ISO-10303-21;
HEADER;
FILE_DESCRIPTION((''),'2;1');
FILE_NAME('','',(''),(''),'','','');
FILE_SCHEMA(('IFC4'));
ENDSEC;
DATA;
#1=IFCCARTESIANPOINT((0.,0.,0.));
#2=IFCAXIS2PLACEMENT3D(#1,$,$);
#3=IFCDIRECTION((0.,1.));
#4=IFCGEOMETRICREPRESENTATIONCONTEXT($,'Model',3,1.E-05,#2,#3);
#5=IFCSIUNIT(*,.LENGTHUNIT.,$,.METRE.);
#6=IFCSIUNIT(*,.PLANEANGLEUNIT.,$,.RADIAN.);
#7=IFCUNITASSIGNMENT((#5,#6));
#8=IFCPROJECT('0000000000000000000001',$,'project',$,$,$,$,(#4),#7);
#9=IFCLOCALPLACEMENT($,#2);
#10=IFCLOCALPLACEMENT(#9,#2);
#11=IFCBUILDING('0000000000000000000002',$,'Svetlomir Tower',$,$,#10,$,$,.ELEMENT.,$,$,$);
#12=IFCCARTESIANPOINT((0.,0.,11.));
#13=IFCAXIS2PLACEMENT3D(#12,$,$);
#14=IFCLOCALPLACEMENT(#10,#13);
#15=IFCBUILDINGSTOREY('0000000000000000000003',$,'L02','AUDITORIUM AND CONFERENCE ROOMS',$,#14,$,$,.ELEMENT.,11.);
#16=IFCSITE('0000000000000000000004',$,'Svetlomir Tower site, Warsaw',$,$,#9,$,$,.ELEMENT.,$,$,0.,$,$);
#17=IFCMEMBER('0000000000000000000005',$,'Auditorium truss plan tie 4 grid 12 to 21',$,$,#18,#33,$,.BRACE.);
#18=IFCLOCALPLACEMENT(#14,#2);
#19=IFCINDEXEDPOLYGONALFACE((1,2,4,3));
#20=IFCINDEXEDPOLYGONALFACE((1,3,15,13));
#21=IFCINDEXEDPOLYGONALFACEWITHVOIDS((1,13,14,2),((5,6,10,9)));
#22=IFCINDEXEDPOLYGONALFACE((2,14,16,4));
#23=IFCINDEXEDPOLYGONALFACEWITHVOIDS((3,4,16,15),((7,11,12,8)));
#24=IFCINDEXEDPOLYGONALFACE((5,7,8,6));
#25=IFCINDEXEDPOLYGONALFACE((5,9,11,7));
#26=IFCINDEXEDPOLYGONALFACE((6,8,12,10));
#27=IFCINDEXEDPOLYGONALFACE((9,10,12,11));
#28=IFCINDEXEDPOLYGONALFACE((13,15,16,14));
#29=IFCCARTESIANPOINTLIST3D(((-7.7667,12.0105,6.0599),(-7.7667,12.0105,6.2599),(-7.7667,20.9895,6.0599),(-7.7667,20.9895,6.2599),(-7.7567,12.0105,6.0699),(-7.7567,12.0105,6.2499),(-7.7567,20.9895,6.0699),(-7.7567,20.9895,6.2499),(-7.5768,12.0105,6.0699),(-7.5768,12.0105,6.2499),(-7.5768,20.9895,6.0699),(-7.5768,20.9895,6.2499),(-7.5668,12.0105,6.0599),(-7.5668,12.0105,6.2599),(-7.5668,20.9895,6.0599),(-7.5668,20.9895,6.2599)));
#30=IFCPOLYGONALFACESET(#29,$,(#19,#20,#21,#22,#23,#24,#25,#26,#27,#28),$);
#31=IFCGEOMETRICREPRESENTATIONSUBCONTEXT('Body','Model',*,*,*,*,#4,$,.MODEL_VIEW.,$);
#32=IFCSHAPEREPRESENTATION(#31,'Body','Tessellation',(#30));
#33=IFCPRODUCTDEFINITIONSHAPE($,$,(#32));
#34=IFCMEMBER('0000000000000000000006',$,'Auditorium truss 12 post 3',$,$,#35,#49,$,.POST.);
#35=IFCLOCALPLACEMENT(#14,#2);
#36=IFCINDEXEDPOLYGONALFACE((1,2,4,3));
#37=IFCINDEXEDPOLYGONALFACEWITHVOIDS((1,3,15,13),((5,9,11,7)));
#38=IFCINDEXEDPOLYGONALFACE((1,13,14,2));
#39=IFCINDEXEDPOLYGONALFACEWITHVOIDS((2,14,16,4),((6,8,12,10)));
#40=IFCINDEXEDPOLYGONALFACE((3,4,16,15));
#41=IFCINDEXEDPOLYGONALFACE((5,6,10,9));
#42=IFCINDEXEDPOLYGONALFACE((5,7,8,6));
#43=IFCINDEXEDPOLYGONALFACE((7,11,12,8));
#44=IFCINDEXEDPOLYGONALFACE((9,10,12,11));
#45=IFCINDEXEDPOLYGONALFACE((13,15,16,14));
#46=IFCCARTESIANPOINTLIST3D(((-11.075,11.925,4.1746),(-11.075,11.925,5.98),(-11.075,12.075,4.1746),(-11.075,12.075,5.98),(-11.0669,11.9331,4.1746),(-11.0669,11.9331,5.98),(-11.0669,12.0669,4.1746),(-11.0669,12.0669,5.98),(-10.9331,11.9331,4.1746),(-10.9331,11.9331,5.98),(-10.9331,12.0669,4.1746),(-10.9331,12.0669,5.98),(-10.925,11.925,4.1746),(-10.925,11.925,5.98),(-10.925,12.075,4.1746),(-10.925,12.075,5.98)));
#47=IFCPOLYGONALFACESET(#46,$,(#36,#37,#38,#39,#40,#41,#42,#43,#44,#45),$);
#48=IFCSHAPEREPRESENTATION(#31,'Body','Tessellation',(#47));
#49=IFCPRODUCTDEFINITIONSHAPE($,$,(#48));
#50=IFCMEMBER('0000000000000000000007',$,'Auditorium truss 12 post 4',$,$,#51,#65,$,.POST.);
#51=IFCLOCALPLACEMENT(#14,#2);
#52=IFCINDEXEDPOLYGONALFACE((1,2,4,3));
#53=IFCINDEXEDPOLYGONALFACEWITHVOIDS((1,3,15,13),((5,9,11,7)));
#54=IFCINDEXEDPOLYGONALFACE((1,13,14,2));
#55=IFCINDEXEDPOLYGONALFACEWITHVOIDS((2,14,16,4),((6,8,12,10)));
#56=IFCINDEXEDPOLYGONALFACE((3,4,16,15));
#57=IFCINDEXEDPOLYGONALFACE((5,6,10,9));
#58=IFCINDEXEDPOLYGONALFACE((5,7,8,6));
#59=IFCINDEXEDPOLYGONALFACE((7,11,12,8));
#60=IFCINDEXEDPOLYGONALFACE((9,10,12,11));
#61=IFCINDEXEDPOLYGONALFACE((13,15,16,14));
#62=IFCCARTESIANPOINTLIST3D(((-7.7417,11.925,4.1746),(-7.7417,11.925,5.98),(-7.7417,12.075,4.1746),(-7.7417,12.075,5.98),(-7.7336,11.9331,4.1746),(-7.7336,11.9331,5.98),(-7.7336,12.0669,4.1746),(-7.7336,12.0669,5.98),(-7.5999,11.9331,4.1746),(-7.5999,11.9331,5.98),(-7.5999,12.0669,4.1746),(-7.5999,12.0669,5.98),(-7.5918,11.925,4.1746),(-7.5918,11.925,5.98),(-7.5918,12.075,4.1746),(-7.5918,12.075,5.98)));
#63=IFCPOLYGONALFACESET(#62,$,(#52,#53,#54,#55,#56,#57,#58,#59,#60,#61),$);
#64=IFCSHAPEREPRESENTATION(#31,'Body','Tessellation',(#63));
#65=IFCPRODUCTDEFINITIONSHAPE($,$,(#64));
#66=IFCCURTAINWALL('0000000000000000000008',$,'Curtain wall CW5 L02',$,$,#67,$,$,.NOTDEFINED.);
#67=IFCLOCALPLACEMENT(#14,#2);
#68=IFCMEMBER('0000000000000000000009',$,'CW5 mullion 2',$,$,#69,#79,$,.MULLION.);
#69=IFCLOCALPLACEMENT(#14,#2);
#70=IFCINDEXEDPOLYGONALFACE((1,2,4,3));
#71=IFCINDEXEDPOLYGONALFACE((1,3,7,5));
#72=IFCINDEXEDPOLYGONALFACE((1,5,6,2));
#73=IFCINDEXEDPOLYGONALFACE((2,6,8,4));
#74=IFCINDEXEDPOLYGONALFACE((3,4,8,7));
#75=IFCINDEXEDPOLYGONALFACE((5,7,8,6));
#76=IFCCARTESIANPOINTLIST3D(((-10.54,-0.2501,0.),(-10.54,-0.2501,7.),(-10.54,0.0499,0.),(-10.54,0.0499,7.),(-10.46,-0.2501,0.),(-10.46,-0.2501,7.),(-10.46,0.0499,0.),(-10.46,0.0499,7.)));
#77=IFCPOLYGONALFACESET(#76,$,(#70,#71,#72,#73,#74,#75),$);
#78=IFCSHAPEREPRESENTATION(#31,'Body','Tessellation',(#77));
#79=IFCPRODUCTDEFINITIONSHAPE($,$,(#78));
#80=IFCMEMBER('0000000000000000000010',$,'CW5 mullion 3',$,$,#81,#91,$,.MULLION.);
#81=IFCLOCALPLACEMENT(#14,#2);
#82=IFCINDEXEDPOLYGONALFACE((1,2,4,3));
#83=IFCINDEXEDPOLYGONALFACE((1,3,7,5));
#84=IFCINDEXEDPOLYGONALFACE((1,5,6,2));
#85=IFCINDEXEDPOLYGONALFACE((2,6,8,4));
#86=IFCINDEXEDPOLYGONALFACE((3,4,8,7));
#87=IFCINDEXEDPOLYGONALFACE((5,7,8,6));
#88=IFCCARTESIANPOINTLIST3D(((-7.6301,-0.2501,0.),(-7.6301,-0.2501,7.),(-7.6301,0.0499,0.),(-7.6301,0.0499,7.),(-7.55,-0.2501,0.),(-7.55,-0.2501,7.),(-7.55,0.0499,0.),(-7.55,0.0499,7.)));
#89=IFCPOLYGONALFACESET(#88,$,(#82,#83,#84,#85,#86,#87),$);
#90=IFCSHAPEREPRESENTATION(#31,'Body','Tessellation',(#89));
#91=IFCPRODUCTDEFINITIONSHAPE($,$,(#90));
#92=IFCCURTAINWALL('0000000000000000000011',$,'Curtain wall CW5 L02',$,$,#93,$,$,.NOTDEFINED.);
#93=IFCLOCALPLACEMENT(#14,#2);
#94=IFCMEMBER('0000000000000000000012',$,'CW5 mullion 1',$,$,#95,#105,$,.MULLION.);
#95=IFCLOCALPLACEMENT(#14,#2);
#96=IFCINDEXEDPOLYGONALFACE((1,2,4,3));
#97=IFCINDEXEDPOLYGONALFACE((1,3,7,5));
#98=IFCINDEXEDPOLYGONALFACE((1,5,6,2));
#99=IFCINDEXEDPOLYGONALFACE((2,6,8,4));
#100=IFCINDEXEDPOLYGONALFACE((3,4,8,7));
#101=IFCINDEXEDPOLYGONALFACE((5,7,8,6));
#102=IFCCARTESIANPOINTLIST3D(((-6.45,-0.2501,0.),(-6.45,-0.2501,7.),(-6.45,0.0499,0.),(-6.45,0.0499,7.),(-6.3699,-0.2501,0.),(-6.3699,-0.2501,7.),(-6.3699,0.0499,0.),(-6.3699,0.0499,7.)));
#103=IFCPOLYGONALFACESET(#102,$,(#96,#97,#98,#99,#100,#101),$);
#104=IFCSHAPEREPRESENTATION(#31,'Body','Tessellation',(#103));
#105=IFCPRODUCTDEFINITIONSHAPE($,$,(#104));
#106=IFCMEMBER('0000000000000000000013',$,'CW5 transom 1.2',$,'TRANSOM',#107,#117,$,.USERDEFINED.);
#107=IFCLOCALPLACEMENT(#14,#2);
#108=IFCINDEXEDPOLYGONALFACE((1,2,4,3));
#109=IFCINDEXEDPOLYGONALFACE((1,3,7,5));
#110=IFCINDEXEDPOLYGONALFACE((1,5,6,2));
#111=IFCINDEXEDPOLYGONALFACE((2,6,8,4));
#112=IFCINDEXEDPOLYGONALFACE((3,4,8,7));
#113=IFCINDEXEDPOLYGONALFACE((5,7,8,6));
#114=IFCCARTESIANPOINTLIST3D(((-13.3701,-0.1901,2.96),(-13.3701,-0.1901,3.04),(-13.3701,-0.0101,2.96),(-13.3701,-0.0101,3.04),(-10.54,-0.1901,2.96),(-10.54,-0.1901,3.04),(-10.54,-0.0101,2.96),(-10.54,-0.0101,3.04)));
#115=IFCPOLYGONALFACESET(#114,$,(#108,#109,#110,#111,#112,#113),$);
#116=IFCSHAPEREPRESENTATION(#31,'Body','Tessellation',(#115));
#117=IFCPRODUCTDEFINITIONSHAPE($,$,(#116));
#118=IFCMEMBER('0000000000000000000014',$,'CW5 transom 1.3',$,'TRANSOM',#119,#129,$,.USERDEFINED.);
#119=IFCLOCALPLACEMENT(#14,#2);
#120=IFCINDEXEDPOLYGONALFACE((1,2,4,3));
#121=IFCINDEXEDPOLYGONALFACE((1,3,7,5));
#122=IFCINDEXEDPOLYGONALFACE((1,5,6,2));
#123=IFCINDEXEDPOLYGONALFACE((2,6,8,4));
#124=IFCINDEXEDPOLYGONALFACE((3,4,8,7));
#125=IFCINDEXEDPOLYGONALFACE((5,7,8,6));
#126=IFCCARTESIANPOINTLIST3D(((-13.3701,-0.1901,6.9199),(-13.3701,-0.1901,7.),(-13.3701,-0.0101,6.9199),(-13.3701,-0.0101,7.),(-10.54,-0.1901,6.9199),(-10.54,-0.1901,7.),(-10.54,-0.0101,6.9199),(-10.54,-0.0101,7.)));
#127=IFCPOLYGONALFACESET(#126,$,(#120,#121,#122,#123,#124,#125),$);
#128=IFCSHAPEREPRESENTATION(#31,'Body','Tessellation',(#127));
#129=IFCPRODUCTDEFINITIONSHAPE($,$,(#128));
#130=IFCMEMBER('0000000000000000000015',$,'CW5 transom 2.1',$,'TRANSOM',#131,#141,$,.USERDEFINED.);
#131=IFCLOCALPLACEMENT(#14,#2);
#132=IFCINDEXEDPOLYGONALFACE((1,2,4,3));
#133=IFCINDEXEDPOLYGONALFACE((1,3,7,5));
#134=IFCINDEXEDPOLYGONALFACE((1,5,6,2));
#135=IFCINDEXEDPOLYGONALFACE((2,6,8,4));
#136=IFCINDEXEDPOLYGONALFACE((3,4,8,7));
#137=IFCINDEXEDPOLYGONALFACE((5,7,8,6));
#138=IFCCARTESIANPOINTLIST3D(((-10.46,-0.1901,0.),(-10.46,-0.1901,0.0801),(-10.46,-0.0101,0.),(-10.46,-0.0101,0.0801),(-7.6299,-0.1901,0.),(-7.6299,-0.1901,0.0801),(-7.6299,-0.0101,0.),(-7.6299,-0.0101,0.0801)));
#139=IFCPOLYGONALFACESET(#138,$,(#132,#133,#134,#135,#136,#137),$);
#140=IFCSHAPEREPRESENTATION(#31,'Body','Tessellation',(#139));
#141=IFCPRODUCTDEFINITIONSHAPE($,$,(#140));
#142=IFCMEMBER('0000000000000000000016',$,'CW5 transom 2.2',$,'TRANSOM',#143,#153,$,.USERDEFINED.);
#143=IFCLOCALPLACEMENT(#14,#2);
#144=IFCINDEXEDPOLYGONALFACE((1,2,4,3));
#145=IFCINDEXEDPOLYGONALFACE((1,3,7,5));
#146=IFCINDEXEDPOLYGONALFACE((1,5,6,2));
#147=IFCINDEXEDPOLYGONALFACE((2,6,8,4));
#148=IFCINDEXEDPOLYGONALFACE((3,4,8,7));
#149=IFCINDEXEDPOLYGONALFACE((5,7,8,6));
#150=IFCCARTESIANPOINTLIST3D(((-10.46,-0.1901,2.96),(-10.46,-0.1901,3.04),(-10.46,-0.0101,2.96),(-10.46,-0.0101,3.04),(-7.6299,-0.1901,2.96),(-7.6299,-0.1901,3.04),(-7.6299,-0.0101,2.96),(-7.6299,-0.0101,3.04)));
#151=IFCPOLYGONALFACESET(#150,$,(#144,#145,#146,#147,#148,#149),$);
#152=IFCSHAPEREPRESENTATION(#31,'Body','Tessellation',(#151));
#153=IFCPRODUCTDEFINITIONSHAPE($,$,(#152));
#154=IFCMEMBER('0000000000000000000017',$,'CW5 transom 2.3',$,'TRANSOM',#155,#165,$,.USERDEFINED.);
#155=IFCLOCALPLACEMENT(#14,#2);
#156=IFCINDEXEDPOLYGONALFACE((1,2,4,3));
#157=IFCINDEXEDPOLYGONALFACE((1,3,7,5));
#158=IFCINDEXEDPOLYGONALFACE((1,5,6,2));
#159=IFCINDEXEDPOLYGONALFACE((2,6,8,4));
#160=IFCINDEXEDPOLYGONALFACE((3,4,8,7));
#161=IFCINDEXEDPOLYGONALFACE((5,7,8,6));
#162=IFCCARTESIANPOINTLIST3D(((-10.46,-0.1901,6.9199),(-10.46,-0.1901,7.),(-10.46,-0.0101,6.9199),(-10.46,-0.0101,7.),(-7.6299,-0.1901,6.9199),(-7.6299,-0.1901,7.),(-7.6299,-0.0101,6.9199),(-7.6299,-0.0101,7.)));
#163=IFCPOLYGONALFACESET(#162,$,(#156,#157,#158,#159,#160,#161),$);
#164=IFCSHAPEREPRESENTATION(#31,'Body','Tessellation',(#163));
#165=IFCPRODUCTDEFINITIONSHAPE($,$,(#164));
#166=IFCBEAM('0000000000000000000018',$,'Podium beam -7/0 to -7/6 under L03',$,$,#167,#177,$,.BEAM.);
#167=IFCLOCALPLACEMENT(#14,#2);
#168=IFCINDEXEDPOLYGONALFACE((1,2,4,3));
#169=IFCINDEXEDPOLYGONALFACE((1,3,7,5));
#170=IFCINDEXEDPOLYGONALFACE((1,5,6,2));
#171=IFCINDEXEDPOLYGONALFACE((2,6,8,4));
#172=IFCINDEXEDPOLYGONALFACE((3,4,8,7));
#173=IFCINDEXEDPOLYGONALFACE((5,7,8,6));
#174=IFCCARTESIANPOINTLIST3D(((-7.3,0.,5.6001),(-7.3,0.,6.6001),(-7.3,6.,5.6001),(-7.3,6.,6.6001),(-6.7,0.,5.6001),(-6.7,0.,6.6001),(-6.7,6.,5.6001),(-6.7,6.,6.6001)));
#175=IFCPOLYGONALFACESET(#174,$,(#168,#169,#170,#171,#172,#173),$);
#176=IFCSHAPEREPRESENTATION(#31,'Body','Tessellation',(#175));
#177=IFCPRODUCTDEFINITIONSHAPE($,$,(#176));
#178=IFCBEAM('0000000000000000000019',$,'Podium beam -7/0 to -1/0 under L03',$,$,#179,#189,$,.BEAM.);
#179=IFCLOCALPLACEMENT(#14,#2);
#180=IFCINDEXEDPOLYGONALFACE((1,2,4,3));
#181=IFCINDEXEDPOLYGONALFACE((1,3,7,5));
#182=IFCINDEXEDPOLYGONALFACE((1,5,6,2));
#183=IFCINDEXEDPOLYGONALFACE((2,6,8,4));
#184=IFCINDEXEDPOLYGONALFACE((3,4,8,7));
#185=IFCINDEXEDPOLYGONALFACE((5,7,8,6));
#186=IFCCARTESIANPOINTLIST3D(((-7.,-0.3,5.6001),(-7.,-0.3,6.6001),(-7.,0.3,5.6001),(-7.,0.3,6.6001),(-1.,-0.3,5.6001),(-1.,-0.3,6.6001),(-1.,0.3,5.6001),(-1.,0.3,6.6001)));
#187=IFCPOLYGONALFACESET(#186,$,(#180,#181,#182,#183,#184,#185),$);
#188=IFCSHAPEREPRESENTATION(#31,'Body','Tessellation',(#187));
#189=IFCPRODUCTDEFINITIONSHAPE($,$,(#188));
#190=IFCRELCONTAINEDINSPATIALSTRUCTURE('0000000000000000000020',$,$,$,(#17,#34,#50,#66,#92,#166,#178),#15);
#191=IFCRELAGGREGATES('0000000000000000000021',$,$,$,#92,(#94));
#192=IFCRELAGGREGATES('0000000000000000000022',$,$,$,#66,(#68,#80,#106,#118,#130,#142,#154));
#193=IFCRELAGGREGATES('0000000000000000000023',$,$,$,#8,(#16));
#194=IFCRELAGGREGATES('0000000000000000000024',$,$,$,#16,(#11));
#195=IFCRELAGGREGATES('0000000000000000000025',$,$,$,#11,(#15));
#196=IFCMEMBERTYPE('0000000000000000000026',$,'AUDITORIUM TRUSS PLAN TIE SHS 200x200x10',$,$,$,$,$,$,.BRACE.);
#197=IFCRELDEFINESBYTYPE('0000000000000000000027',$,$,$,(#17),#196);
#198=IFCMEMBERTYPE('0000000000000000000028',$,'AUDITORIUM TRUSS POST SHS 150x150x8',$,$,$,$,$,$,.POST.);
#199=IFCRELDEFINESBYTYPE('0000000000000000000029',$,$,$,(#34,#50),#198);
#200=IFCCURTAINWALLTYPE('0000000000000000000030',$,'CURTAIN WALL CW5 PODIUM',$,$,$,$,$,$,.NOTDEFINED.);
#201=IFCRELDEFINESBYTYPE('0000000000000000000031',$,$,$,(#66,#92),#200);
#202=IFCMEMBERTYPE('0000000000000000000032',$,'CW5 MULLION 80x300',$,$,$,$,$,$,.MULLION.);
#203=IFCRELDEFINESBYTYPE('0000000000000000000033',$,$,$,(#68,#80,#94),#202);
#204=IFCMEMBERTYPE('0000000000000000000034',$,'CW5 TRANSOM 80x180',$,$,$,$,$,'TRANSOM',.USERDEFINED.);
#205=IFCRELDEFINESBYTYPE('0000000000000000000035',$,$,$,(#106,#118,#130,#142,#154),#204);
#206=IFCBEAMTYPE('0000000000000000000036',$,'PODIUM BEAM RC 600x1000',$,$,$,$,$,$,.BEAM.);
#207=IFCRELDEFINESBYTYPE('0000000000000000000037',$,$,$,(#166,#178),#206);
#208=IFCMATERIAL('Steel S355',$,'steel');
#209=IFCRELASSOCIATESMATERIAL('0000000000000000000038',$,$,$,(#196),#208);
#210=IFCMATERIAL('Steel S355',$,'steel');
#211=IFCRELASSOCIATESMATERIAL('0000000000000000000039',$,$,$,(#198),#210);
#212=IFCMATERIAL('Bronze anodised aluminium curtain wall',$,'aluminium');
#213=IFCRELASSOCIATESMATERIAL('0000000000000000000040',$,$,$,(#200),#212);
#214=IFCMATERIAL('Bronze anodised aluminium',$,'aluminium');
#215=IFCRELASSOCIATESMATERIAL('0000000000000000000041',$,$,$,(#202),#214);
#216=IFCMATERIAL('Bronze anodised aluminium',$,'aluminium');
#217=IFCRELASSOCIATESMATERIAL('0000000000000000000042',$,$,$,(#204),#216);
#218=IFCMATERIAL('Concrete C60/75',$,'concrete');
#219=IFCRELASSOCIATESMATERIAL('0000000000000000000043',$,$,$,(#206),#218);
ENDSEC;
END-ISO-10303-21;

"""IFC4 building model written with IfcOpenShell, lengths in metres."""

from ifc_helpers import new_model, si_unit, direction, frame, origin, origin_2d, place, context, subcontext, project, spatial, rectangle, hollow_rectangle, extrude, material, material_profile, profile_set, type_object, element, aggregate, save


model = new_model("IFC4")

# Units and contexts
model_context = context("Model", 3, precision=1e-05, world=origin(), true_north=direction((0.0, 1.0)))
body_context = subcontext(model_context, "Body", "Model", "MODEL_VIEW")
ifc_project = project(units=[si_unit("LENGTHUNIT", "METRE"), si_unit("PLANEANGLEUNIT", "RADIAN")], contexts=[model_context])

# Site, building, storey
site_placement = place(None, origin())
site = spatial("IfcSite", under=ifc_project, at=site_placement, Name="Svetlomir Tower site, Warsaw", CompositionType="ELEMENT", RefElevation=0.0)
building_placement = place(site_placement, origin())
building = spatial("IfcBuilding", under=site, at=building_placement, Name="Svetlomir Tower", CompositionType="ELEMENT")
storey_placement = place(building_placement, frame((0.0, 0.0, 11.0)))
storey = spatial("IfcBuildingStorey", under=building, at=storey_placement, Name="L02", Description="AUDITORIUM AND CONFERENCE ROOMS", CompositionType="ELEMENT", Elevation=11.0)

# Members
ifc_material_1 = material(Name="Steel S355", Category="steel")
ifc_material_profile_1 = material_profile(ifc_material_1, hollow_rectangle(XDim=0.2, YDim=0.2, WallThickness=0.01, at=origin_2d()), Name="SHS 200x200x10")
ifc_profile_set_1 = profile_set([ifc_material_profile_1], Name="Steel S355")
member_type_1 = type_object("IfcMemberType", Name="AUDITORIUM TRUSS PLAN TIE SHS 200x200x10", PredefinedType="BRACE", material=ifc_profile_set_1)
for number, where, z_axis, x_axis, name in (
    (1, (-7.6667, 12.0105, 6.1599), (0.0, 1.0, 0.0), (-1.0, 0.0, 0.0), "Auditorium truss plan tie 4 grid 12 to 21"),
):
    element("IfcMember", number, at=place(storey_placement, frame(where, z_axis=z_axis, x_axis=x_axis)), inside=storey, type_object=member_type_1, Name=name, PredefinedType="BRACE", context=body_context, shape_type="SweptSolid", body=[
        extrude(hollow_rectangle(XDim=0.2, YDim=0.2, WallThickness=0.01, at=origin_2d()), origin(), (0.0, 0.0, 1.0), 8.979),
    ])
ifc_material_2 = material(Name="Steel S355", Category="steel")
ifc_material_profile_2 = material_profile(ifc_material_2, hollow_rectangle(XDim=0.1499, YDim=0.1499, WallThickness=0.0081, at=origin_2d()), Name="SHS 150x150x8")
ifc_profile_set_2 = profile_set([ifc_material_profile_2], Name="Steel S355")
member_type_2 = type_object("IfcMemberType", Name="AUDITORIUM TRUSS POST SHS 150x150x8", PredefinedType="POST", material=ifc_profile_set_2)
for number, where, z_axis, x_axis, name in (
    (2, (-11.0, 12.0, 4.1746), (0.0, 0.0, 1.0), (1.0, 0.0, 0.0), "Auditorium truss 12 post 3"),
    (3, (-7.6667, 12.0, 4.1746), (0.0, 0.0, 1.0), (1.0, 0.0, 0.0), "Auditorium truss 12 post 4"),
):
    element("IfcMember", number, at=place(storey_placement, frame(where, z_axis=z_axis, x_axis=x_axis)), inside=storey, type_object=member_type_2, Name=name, PredefinedType="POST", context=body_context, shape_type="SweptSolid", body=[
        extrude(hollow_rectangle(XDim=0.1499, YDim=0.1499, WallThickness=0.0081, at=origin_2d()), origin(), (0.0, 0.0, 1.0), 1.8054),
    ])

# Curtain wall, members
ifc_material_3 = material(Name="Bronze anodised aluminium curtain wall", Category="aluminium")
curtain_wall_type = type_object("IfcCurtainWallType", Name="CURTAIN WALL CW5 PODIUM", PredefinedType="NOTDEFINED", material=ifc_material_3)
curtain_wall_1_placement = place(storey_placement, origin())
curtain_wall_1 = element("IfcCurtainWall", 4, at=curtain_wall_1_placement, inside=storey, type_object=curtain_wall_type, Name="Curtain wall CW5 L02", PredefinedType="NOTDEFINED")
ifc_material_4 = material(Name="Bronze anodised aluminium", Category="aluminium")
ifc_material_profile_3 = material_profile(ifc_material_4, rectangle(XDim=0.0801, YDim=0.3, at=origin_2d()), Name="AL 80x300")
ifc_profile_set_3 = profile_set([ifc_material_profile_3], Name="Bronze anodised aluminium 6063-T6")
member_type_3 = type_object("IfcMemberType", Name="CW5 MULLION 80x300", PredefinedType="MULLION", material=ifc_profile_set_3)
member_1_placement = place(storey_placement, frame((-10.5, -0.1001, 0.0), z_axis=(0.0, 0.0, 1.0), x_axis=(1.0, 0.0, 0.0)))
member_1 = element("IfcMember", 5, at=member_1_placement, type_object=member_type_3, Name="CW5 mullion 2", PredefinedType="MULLION", context=body_context, shape_type="SweptSolid", body=[
    extrude(rectangle(XDim=0.0801, YDim=0.3, at=origin_2d()), origin(), (0.0, 0.0, 1.0), 7.0),
])
member_2_placement = place(storey_placement, frame((-7.5901, -0.1001, 0.0), z_axis=(0.0, 0.0, 1.0), x_axis=(1.0, 0.0, 0.0)))
member_2 = element("IfcMember", 6, at=member_2_placement, type_object=member_type_3, Name="CW5 mullion 3", PredefinedType="MULLION", context=body_context, shape_type="SweptSolid", body=[
    extrude(rectangle(XDim=0.0801, YDim=0.3, at=origin_2d()), origin(), (0.0, 0.0, 1.0), 7.0),
])

# Curtain wall, member
curtain_wall_2_placement = place(storey_placement, origin())
curtain_wall_2 = element("IfcCurtainWall", 7, at=curtain_wall_2_placement, inside=storey, type_object=curtain_wall_type, Name="Curtain wall CW5 L02", PredefinedType="NOTDEFINED")
member_3_placement = place(storey_placement, frame((-6.4099, -0.1001, 0.0), z_axis=(0.0, 0.0, 1.0), x_axis=(1.0, 0.0, 0.0)))
member_3 = element("IfcMember", 8, at=member_3_placement, type_object=member_type_3, Name="CW5 mullion 1", PredefinedType="MULLION", context=body_context, shape_type="SweptSolid", body=[
    extrude(rectangle(XDim=0.0801, YDim=0.3, at=origin_2d()), origin(), (0.0, 0.0, 1.0), 7.0),
])
aggregate(curtain_wall_2, [member_3])

# Members
ifc_material_5 = material(Name="Bronze anodised aluminium", Category="aluminium")
ifc_material_profile_4 = material_profile(ifc_material_5, rectangle(XDim=0.1799, YDim=0.0801, at=origin_2d()), Name="AL 180x80")
ifc_profile_set_4 = profile_set([ifc_material_profile_4], Name="Bronze anodised aluminium 6063-T6")
member_type_4 = type_object("IfcMemberType", Name="CW5 TRANSOM 80x180", ElementType="TRANSOM", PredefinedType="USERDEFINED", material=ifc_profile_set_4)
member_4_placement = place(storey_placement, frame((-13.3701, -0.1001, 3.0), z_axis=(1.0, 0.0, 0.0), x_axis=(0.0, 1.0, 0.0)))
member_4 = element("IfcMember", 9, at=member_4_placement, type_object=member_type_4, Name="CW5 transom 1.2", ObjectType="TRANSOM", PredefinedType="USERDEFINED", context=body_context, shape_type="SweptSolid", body=[
    extrude(rectangle(XDim=0.1799, YDim=0.0801, at=origin_2d()), origin(), (0.0, 0.0, 1.0), 2.8301),
])
member_5_placement = place(storey_placement, frame((-13.3701, -0.1001, 6.96), z_axis=(1.0, 0.0, 0.0), x_axis=(0.0, 1.0, 0.0)))
member_5 = element("IfcMember", 10, at=member_5_placement, type_object=member_type_4, Name="CW5 transom 1.3", ObjectType="TRANSOM", PredefinedType="USERDEFINED", context=body_context, shape_type="SweptSolid", body=[
    extrude(rectangle(XDim=0.1799, YDim=0.0801, at=origin_2d()), origin(), (0.0, 0.0, 1.0), 2.8301),
])
member_6_placement = place(storey_placement, frame((-10.46, -0.1001, 0.04), z_axis=(1.0, 0.0, 0.0), x_axis=(0.0, 1.0, 0.0)))
member_6 = element("IfcMember", 11, at=member_6_placement, type_object=member_type_4, Name="CW5 transom 2.1", ObjectType="TRANSOM", PredefinedType="USERDEFINED", context=body_context, shape_type="SweptSolid", body=[
    extrude(rectangle(XDim=0.1799, YDim=0.0801, at=origin_2d()), origin(), (0.0, 0.0, 1.0), 2.8301),
])
member_7_placement = place(storey_placement, frame((-10.46, -0.1001, 3.0), z_axis=(1.0, 0.0, 0.0), x_axis=(0.0, 1.0, 0.0)))
member_7 = element("IfcMember", 12, at=member_7_placement, type_object=member_type_4, Name="CW5 transom 2.2", ObjectType="TRANSOM", PredefinedType="USERDEFINED", context=body_context, shape_type="SweptSolid", body=[
    extrude(rectangle(XDim=0.1799, YDim=0.0801, at=origin_2d()), origin(), (0.0, 0.0, 1.0), 2.8301),
])
member_8_placement = place(storey_placement, frame((-10.46, -0.1001, 6.96), z_axis=(1.0, 0.0, 0.0), x_axis=(0.0, 1.0, 0.0)))
member_8 = element("IfcMember", 13, at=member_8_placement, type_object=member_type_4, Name="CW5 transom 2.3", ObjectType="TRANSOM", PredefinedType="USERDEFINED", context=body_context, shape_type="SweptSolid", body=[
    extrude(rectangle(XDim=0.1799, YDim=0.0801, at=origin_2d()), origin(), (0.0, 0.0, 1.0), 2.8301),
])

# Beams
ifc_material_6 = material(Name="Concrete C60/75", Category="concrete")
ifc_material_profile_5 = material_profile(ifc_material_6, rectangle(XDim=0.6001, YDim=1.0, at=origin_2d()), Name="RC 600x1000")
ifc_profile_set_5 = profile_set([ifc_material_profile_5], Name="Concrete C60/75")
beam_type = type_object("IfcBeamType", Name="PODIUM BEAM RC 600x1000", PredefinedType="BEAM", material=ifc_profile_set_5)
for number, where, z_axis, x_axis, name in (
    (14, (-7.0, 0.0, 6.1001), (0.0, 1.0, 0.0), (-1.0, 0.0, 0.0), "Podium beam -7/0 to -7/6 under L03"),
    (15, (-7.0, 0.0, 6.1001), (1.0, 0.0, 0.0), (0.0, 1.0, 0.0), "Podium beam -7/0 to -1/0 under L03"),
):
    element("IfcBeam", number, at=place(storey_placement, frame(where, z_axis=z_axis, x_axis=x_axis)), inside=storey, type_object=beam_type, Name=name, PredefinedType="BEAM", context=body_context, shape_type="SweptSolid", body=[
        extrude(rectangle(XDim=0.6001, YDim=1.0, at=origin_2d()), origin(), (0.0, 0.0, 1.0), 6.0),
    ])

aggregate(curtain_wall_1, [member_1, member_2, member_4, member_5, member_6, member_7, member_8])

save(model, "model.ifc")
